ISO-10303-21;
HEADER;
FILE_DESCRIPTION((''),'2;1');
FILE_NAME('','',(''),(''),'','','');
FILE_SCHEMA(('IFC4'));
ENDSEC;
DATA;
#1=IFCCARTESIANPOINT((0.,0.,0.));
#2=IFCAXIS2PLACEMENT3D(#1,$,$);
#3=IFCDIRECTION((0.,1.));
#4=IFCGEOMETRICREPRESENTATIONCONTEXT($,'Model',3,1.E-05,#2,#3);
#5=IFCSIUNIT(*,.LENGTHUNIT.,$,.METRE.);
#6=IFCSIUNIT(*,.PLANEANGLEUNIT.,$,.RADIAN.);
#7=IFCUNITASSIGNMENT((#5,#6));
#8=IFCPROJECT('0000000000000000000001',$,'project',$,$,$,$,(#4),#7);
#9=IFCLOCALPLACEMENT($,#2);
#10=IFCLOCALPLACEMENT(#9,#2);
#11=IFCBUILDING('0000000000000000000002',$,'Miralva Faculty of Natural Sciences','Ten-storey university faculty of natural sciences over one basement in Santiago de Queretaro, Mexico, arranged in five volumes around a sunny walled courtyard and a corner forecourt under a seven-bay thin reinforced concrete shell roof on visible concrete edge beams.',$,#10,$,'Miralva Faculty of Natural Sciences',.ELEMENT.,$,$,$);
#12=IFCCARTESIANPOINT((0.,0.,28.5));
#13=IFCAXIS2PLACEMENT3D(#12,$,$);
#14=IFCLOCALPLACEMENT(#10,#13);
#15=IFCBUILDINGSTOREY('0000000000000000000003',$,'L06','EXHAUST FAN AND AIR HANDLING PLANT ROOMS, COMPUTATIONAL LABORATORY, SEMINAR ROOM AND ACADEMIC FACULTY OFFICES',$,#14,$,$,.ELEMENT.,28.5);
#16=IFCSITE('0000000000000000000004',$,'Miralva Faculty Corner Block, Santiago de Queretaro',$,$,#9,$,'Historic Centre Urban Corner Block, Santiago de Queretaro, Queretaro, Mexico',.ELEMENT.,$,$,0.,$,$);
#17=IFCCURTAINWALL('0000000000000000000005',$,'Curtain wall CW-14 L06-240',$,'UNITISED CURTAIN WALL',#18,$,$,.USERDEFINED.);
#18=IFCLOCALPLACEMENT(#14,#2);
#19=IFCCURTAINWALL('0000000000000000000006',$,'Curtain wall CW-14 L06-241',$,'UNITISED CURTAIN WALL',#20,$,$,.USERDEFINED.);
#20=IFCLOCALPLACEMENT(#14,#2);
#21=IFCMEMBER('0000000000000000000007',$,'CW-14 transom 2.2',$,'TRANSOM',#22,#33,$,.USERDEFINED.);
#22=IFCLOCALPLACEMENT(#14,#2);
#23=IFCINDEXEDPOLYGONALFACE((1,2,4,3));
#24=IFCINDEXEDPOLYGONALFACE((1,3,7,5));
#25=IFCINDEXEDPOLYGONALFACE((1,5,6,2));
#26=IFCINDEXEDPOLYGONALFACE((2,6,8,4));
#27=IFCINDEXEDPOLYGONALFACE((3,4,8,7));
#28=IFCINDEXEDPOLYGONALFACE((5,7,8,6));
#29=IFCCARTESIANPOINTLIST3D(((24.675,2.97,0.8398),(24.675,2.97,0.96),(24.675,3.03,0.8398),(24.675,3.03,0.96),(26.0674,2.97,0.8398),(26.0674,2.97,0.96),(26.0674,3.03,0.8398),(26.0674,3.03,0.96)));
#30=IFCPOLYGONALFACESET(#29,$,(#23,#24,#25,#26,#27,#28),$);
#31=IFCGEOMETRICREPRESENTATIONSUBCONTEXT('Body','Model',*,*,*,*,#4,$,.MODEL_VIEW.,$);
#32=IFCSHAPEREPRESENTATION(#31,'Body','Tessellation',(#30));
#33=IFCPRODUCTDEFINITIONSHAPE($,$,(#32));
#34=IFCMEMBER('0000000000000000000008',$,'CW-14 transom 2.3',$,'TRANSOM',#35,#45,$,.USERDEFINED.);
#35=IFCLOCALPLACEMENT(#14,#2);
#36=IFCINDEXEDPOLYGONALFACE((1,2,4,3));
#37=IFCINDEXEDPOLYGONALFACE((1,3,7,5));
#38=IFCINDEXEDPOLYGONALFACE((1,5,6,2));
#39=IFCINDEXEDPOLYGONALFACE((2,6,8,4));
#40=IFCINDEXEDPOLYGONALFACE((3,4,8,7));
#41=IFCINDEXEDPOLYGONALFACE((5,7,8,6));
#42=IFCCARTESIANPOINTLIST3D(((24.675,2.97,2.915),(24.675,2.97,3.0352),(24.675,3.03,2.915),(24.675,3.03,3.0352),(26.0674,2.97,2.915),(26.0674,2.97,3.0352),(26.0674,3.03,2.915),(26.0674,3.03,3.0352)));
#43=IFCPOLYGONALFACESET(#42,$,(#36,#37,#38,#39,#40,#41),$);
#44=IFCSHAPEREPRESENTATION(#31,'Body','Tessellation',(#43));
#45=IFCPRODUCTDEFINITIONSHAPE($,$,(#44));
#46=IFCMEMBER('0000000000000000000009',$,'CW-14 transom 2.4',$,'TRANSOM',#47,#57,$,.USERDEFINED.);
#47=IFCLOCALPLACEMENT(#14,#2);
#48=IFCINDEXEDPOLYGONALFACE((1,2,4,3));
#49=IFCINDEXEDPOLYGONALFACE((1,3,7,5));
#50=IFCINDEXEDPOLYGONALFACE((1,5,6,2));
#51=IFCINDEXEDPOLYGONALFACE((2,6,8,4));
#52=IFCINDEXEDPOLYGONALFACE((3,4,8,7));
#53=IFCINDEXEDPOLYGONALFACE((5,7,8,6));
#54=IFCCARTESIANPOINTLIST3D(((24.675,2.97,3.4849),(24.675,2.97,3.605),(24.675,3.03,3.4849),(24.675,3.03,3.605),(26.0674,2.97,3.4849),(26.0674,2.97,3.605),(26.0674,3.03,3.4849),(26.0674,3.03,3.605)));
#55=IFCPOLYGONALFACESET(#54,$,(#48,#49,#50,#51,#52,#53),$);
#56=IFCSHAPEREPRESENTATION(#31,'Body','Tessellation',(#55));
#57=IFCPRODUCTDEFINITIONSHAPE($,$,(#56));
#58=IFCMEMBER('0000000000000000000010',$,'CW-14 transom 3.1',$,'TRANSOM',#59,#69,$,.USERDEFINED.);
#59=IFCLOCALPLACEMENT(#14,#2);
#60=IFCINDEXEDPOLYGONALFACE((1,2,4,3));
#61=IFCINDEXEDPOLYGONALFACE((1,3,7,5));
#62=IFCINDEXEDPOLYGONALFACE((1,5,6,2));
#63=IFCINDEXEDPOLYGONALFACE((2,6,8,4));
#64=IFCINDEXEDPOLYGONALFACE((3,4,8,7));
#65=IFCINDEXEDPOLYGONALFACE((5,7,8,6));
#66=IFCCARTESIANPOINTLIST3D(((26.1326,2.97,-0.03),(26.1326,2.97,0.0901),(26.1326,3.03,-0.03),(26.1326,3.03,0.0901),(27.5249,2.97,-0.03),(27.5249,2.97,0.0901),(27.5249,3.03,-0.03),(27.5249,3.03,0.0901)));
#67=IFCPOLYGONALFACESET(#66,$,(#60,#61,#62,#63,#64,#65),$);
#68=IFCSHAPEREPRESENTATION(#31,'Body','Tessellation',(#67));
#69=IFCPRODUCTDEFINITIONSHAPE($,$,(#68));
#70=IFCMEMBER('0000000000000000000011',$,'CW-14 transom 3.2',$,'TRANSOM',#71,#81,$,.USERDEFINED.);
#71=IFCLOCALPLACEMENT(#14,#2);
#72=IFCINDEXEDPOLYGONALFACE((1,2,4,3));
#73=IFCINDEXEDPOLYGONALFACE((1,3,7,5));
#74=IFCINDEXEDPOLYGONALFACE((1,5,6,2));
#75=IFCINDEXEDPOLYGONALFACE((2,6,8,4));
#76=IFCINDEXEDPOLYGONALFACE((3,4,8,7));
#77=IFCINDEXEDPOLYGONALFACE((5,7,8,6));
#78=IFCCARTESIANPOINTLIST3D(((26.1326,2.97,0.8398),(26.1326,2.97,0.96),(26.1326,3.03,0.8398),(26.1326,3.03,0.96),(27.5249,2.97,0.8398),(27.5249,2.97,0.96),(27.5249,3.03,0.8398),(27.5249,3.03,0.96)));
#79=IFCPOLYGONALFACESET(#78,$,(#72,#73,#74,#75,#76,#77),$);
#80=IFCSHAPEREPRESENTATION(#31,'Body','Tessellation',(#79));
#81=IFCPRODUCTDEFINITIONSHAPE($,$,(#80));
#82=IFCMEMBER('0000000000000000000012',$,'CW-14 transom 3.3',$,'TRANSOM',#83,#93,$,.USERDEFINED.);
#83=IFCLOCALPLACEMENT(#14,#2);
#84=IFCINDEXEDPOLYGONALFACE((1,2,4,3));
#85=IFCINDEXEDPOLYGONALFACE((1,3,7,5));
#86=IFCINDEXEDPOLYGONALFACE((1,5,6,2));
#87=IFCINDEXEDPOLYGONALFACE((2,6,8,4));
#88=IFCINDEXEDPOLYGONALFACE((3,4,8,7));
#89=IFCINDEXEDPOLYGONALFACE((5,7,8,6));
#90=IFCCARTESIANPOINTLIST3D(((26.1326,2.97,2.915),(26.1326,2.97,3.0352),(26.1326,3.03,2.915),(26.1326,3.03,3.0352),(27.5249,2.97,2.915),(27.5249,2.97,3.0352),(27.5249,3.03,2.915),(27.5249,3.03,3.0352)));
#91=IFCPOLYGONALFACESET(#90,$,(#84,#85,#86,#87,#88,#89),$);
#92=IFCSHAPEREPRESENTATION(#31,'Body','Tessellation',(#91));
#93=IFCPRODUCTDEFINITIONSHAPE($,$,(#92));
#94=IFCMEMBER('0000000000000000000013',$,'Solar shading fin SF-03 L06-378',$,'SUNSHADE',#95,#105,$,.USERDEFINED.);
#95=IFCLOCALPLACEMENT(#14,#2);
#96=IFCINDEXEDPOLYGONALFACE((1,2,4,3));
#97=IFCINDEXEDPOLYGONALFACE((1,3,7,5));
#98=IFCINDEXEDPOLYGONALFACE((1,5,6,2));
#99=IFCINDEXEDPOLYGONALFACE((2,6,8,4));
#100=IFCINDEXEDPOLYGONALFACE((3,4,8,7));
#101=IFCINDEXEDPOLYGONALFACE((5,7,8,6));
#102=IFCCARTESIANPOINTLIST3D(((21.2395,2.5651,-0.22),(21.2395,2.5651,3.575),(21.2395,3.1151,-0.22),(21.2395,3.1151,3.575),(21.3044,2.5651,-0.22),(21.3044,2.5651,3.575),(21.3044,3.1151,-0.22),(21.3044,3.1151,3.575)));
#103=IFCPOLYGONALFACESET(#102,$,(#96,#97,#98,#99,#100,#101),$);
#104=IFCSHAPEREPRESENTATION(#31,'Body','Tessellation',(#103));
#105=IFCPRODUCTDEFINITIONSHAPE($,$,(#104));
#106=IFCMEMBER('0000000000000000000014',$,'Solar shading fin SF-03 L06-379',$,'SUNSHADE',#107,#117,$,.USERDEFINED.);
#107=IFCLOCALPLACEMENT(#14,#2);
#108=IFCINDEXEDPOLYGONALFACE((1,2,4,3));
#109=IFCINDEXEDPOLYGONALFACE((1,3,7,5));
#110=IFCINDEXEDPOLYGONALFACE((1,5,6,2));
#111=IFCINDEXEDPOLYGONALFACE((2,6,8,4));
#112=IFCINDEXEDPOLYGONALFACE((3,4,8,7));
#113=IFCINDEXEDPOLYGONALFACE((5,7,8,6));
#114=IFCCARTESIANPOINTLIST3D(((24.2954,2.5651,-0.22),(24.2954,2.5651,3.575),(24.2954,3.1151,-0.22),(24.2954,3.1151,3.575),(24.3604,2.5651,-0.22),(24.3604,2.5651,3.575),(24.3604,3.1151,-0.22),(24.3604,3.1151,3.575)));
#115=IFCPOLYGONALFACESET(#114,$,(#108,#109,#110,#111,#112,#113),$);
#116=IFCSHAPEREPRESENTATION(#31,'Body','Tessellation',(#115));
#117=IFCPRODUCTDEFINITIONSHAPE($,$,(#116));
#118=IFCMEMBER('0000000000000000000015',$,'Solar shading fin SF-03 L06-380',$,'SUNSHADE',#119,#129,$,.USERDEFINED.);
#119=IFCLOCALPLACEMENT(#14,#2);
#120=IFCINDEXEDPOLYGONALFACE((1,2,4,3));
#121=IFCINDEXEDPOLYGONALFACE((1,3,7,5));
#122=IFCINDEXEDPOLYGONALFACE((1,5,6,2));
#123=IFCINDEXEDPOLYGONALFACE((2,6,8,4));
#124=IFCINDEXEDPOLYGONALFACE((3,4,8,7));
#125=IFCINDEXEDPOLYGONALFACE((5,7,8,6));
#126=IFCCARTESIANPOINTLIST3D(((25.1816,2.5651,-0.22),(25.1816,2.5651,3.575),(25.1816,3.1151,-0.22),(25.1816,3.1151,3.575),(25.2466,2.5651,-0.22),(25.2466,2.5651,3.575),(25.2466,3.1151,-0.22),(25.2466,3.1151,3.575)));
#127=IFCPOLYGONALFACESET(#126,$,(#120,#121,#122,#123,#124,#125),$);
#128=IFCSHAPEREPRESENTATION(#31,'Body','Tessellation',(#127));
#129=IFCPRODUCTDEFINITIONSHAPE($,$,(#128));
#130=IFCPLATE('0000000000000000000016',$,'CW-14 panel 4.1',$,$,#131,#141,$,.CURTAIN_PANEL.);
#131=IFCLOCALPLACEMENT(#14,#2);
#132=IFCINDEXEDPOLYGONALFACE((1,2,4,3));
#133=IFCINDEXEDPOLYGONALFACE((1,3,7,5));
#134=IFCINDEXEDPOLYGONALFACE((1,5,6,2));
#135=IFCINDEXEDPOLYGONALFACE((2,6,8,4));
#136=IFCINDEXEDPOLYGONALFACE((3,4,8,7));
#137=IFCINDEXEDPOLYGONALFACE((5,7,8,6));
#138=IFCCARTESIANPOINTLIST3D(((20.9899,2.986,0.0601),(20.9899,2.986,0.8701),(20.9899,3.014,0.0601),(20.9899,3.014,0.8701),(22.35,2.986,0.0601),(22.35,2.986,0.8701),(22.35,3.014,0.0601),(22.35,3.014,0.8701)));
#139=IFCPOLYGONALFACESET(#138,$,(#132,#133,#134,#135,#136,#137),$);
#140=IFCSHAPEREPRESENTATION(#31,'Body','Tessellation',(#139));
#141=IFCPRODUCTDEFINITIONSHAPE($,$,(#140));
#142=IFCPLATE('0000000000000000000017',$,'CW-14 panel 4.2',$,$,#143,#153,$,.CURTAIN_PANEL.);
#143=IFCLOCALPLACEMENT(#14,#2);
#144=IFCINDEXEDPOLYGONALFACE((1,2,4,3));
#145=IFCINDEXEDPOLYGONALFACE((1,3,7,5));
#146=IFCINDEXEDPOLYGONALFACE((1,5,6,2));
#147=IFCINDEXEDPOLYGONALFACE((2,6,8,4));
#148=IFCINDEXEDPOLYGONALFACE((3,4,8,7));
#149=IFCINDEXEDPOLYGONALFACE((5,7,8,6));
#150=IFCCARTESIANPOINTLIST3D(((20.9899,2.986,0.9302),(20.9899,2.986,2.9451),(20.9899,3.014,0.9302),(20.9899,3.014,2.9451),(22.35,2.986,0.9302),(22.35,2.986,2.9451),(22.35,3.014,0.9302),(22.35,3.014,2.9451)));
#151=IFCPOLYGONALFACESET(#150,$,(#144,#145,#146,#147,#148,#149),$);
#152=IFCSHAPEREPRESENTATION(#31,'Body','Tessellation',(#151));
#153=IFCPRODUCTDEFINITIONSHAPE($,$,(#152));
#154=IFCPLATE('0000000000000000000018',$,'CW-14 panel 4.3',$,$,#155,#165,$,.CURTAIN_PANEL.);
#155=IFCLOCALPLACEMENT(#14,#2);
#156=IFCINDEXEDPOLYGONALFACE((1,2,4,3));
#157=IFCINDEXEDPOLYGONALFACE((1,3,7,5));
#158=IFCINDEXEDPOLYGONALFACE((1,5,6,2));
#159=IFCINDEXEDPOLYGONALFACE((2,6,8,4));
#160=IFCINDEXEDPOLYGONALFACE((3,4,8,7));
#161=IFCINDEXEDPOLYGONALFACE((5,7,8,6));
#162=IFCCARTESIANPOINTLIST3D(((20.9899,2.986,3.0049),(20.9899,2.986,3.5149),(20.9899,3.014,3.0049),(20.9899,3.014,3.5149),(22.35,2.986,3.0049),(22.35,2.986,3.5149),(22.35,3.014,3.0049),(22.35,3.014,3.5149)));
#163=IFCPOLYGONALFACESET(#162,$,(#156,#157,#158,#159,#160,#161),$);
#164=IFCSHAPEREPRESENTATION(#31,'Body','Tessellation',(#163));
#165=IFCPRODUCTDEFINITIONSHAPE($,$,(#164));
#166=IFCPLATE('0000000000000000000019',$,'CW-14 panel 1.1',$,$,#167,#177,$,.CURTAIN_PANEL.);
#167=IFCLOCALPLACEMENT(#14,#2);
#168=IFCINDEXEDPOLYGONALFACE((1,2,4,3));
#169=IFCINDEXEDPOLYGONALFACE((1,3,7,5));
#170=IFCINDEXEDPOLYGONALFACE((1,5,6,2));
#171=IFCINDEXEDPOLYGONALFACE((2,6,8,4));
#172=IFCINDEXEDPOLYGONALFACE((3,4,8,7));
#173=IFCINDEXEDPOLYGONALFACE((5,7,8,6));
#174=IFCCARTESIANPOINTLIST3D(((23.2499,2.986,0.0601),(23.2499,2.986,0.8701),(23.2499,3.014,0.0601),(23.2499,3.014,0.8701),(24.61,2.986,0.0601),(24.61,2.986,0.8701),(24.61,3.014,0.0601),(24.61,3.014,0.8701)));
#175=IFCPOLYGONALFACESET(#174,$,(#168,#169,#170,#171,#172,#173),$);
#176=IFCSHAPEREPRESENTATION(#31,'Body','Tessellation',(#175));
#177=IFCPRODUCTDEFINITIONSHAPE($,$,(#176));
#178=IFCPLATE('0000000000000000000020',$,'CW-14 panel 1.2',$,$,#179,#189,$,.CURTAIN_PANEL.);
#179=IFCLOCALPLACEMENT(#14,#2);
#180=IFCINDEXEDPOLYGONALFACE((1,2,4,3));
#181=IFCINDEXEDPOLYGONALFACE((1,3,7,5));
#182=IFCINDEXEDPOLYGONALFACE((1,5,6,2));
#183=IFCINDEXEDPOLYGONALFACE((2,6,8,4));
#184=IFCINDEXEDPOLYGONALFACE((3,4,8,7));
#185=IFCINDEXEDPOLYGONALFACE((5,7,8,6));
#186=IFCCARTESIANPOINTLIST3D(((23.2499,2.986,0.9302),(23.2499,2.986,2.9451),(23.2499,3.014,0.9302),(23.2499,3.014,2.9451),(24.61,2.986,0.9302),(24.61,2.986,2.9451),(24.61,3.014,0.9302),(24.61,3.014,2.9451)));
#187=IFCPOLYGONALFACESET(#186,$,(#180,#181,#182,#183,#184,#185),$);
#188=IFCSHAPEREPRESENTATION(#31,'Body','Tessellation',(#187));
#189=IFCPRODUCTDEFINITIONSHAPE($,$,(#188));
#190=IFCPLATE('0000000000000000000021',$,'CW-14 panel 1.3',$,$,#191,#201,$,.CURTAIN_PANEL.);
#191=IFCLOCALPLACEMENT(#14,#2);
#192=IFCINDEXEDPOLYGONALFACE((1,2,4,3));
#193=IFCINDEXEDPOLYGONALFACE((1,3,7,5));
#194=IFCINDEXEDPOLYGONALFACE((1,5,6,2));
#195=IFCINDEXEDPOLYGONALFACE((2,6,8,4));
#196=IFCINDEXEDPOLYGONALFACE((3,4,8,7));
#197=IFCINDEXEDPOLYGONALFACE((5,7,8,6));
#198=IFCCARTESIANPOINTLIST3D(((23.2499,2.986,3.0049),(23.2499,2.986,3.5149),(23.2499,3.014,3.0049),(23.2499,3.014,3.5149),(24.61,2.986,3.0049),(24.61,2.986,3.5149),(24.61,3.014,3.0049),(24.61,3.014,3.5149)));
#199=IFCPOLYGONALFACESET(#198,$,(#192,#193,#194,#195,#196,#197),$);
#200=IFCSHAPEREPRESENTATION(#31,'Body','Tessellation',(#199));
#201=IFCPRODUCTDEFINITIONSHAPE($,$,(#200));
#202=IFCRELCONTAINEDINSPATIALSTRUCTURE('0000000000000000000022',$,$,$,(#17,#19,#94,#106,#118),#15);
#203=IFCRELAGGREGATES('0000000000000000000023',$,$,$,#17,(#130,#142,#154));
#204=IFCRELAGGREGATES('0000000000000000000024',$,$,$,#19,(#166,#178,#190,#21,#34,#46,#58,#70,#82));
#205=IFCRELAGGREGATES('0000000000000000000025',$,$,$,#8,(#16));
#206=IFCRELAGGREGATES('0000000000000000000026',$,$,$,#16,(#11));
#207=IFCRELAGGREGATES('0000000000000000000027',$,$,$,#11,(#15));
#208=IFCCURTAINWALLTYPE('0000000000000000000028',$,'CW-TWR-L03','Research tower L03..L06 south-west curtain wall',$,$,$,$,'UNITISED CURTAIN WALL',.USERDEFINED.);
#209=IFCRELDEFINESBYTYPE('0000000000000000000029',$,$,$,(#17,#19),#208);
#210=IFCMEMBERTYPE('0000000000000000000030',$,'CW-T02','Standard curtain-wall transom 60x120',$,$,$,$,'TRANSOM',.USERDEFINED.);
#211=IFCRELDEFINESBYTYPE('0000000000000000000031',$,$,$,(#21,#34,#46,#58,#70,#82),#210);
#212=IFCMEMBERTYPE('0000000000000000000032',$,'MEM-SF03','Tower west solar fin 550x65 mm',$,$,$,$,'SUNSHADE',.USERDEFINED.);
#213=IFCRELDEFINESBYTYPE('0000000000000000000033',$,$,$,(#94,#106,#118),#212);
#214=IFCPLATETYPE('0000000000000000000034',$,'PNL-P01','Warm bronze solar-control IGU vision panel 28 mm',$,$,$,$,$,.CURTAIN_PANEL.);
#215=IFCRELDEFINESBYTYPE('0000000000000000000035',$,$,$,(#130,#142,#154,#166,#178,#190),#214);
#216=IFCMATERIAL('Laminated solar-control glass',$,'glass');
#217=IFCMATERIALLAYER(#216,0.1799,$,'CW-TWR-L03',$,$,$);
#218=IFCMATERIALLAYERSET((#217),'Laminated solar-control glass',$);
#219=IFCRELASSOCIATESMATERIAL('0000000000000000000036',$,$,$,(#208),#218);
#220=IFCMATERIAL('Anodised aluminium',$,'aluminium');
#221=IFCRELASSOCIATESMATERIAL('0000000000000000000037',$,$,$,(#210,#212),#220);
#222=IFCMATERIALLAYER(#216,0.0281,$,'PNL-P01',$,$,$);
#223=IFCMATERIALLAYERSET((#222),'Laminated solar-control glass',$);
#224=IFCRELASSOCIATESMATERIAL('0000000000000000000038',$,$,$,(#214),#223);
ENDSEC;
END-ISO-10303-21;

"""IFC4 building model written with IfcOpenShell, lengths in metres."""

from ifc_helpers import new_model, si_unit, direction, frame, origin, origin_2d, place, context, subcontext, project, spatial, rectangle, extrude, material, layer, layer_set, material_profile, profile_set, type_object, element, aggregate, save


model = new_model("IFC4")

# Units and contexts
model_context = context("Model", 3, precision=1e-05, world=origin(), true_north=direction((0.0, 1.0)))
body_context = subcontext(model_context, "Body", "Model", "MODEL_VIEW")
ifc_project = project(units=[si_unit("LENGTHUNIT", "METRE"), si_unit("PLANEANGLEUNIT", "RADIAN")], contexts=[model_context])

# Site, building, storey
site_placement = place(None, origin())
site = spatial("IfcSite", under=ifc_project, at=site_placement, Name="Miralva Faculty Corner Block, Santiago de Queretaro", LongName="Historic Centre Urban Corner Block, Santiago de Queretaro, Queretaro, Mexico", CompositionType="ELEMENT", RefElevation=0.0)
building_placement = place(site_placement, origin())
building = spatial("IfcBuilding", under=site, at=building_placement, Name="Miralva Faculty of Natural Sciences", Description="Ten-storey university faculty of natural sciences over one basement in Santiago de Queretaro, Mexico, arranged in five volumes around a sunny walled courtyard and a corner forecourt under a seven-bay thin reinforced concrete shell roof on visible concrete edge beams.", LongName="Miralva Faculty of Natural Sciences", CompositionType="ELEMENT")
storey_placement = place(building_placement, frame((0.0, 0.0, 28.5)))
storey = spatial("IfcBuildingStorey", under=building, at=storey_placement, Name="L06", Description="EXHAUST FAN AND AIR HANDLING PLANT ROOMS, COMPUTATIONAL LABORATORY, SEMINAR ROOM AND ACADEMIC FACULTY OFFICES", CompositionType="ELEMENT", Elevation=28.5)

# Curtain wall
ifc_material_1 = material(Name="Laminated solar-control glass", Category="glass")
ifc_layer_1 = layer(ifc_material_1, 0.1799, Name="CW-TWR-L03")
ifc_layer_set_1 = layer_set([ifc_layer_1], Name="Laminated solar-control glass")
curtain_wall_type = type_object("IfcCurtainWallType", Name="CW-TWR-L03", Description="Research tower L03..L06 south-west curtain wall", ElementType="UNITISED CURTAIN WALL", PredefinedType="USERDEFINED", material=ifc_layer_set_1)
curtain_wall_1_placement = place(storey_placement, origin())
curtain_wall_1 = element("IfcCurtainWall", 1, at=curtain_wall_1_placement, inside=storey, type_object=curtain_wall_type, Name="Curtain wall CW-14 L06-240", ObjectType="UNITISED CURTAIN WALL", PredefinedType="USERDEFINED")
ifc_material_2 = material(Name="Anodised aluminium", Category="aluminium")

# Curtain wall
curtain_wall_2_placement = place(storey_placement, origin())
curtain_wall_2 = element("IfcCurtainWall", 2, at=curtain_wall_2_placement, inside=storey, type_object=curtain_wall_type, Name="Curtain wall CW-14 L06-241", ObjectType="UNITISED CURTAIN WALL", PredefinedType="USERDEFINED")

# Members
ifc_material_profile_1 = material_profile(ifc_material_2, rectangle(XDim=0.0601, YDim=0.1201, at=origin_2d()), Name="TRANSOM 60x120")
ifc_profile_set_1 = profile_set([ifc_material_profile_1], Name="Anodised aluminium")
member_type_1 = type_object("IfcMemberType", Name="CW-T02", Description="Standard curtain-wall transom 60x120", ElementType="TRANSOM", PredefinedType="USERDEFINED", material=ifc_profile_set_1)
member_1_placement = place(storey_placement, frame((24.675, 3.0, 0.8999), z_axis=(1.0, 0.0, 0.0), x_axis=(0.0, 1.0, 0.0)))
member_1 = element("IfcMember", 3, at=member_1_placement, type_object=member_type_1, Name="CW-14 transom 2.2", ObjectType="TRANSOM", PredefinedType="USERDEFINED", context=body_context, shape_type="SweptSolid", body=[
    extrude(rectangle(XDim=0.0601, YDim=0.1201, at=origin_2d()), origin(), (0.0, 0.0, 1.0), 1.3923),
])
member_2_placement = place(storey_placement, frame((24.675, 3.0, 2.9751), z_axis=(1.0, 0.0, 0.0), x_axis=(0.0, 1.0, 0.0)))
member_2 = element("IfcMember", 4, at=member_2_placement, type_object=member_type_1, Name="CW-14 transom 2.3", ObjectType="TRANSOM", PredefinedType="USERDEFINED", context=body_context, shape_type="SweptSolid", body=[
    extrude(rectangle(XDim=0.0601, YDim=0.1201, at=origin_2d()), origin(), (0.0, 0.0, 1.0), 1.3923),
])
member_3_placement = place(storey_placement, frame((24.675, 3.0, 3.5449), z_axis=(1.0, 0.0, 0.0), x_axis=(0.0, 1.0, 0.0)))
member_3 = element("IfcMember", 5, at=member_3_placement, type_object=member_type_1, Name="CW-14 transom 2.4", ObjectType="TRANSOM", PredefinedType="USERDEFINED", context=body_context, shape_type="SweptSolid", body=[
    extrude(rectangle(XDim=0.0601, YDim=0.1201, at=origin_2d()), origin(), (0.0, 0.0, 1.0), 1.3923),
])
member_4_placement = place(storey_placement, frame((26.1326, 3.0, 0.03), z_axis=(1.0, 0.0, 0.0), x_axis=(0.0, 1.0, 0.0)))
member_4 = element("IfcMember", 6, at=member_4_placement, type_object=member_type_1, Name="CW-14 transom 3.1", ObjectType="TRANSOM", PredefinedType="USERDEFINED", context=body_context, shape_type="SweptSolid", body=[
    extrude(rectangle(XDim=0.0601, YDim=0.1201, at=origin_2d()), origin(), (0.0, 0.0, 1.0), 1.3923),
])
member_5_placement = place(storey_placement, frame((26.1326, 3.0, 0.8999), z_axis=(1.0, 0.0, 0.0), x_axis=(0.0, 1.0, 0.0)))
member_5 = element("IfcMember", 7, at=member_5_placement, type_object=member_type_1, Name="CW-14 transom 3.2", ObjectType="TRANSOM", PredefinedType="USERDEFINED", context=body_context, shape_type="SweptSolid", body=[
    extrude(rectangle(XDim=0.0601, YDim=0.1201, at=origin_2d()), origin(), (0.0, 0.0, 1.0), 1.3923),
])
member_6_placement = place(storey_placement, frame((26.1326, 3.0, 2.9751), z_axis=(1.0, 0.0, 0.0), x_axis=(0.0, 1.0, 0.0)))
member_6 = element("IfcMember", 8, at=member_6_placement, type_object=member_type_1, Name="CW-14 transom 3.3", ObjectType="TRANSOM", PredefinedType="USERDEFINED", context=body_context, shape_type="SweptSolid", body=[
    extrude(rectangle(XDim=0.0601, YDim=0.1201, at=origin_2d()), origin(), (0.0, 0.0, 1.0), 1.3923),
])

# Members
ifc_material_profile_2 = material_profile(ifc_material_2, rectangle(XDim=0.0649, YDim=0.55, at=origin_2d()), Name="FIN 550x65")
ifc_profile_set_2 = profile_set([ifc_material_profile_2], Name="Anodised aluminium")
member_type_2 = type_object("IfcMemberType", Name="MEM-SF03", Description="Tower west solar fin 550x65 mm", ElementType="SUNSHADE", PredefinedType="USERDEFINED", material=ifc_profile_set_2)
for number, where, z_axis, x_axis, name in (
    (9, (21.272, 2.8401, -0.22), (0.0, 0.0, 1.0), (1.0, 0.0, 0.0), "Solar shading fin SF-03 L06-378"),
    (10, (24.3279, 2.8401, -0.22), (0.0, 0.0, 1.0), (1.0, 0.0, 0.0), "Solar shading fin SF-03 L06-379"),
    (11, (25.2141, 2.8401, -0.22), (0.0, 0.0, 1.0), (1.0, 0.0, 0.0), "Solar shading fin SF-03 L06-380"),
):
    element("IfcMember", number, at=place(storey_placement, frame(where, z_axis=z_axis, x_axis=x_axis)), inside=storey, type_object=member_type_2, Name=name, ObjectType="SUNSHADE", PredefinedType="USERDEFINED", context=body_context, shape_type="SweptSolid", body=[
        extrude(rectangle(XDim=0.0649, YDim=0.55, at=origin_2d()), origin(), (0.0, 0.0, 1.0), 3.7949),
    ])

# Plates
ifc_layer_2 = layer(ifc_material_1, 0.0281, Name="PNL-P01")
ifc_layer_set_2 = layer_set([ifc_layer_2], Name="Laminated solar-control glass")
plate_type = type_object("IfcPlateType", Name="PNL-P01", Description="Warm bronze solar-control IGU vision panel 28 mm", PredefinedType="CURTAIN_PANEL", material=ifc_layer_set_2)
plate_1_placement = place(storey_placement, frame((21.6699, 3.0, 0.0601), z_axis=(0.0, 0.0, 1.0), x_axis=(1.0, 0.0, 0.0)))
plate_1 = element("IfcPlate", 12, at=plate_1_placement, type_object=plate_type, Name="CW-14 panel 4.1", PredefinedType="CURTAIN_PANEL", context=body_context, shape_type="SweptSolid", body=[
    extrude(rectangle(XDim=1.3601, YDim=0.0281, at=origin_2d()), origin(), (0.0, 0.0, 1.0), 0.8101),
])
plate_2_placement = place(storey_placement, frame((21.6699, 3.0, 0.9302), z_axis=(0.0, 0.0, 1.0), x_axis=(1.0, 0.0, 0.0)))
plate_2 = element("IfcPlate", 13, at=plate_2_placement, type_object=plate_type, Name="CW-14 panel 4.2", PredefinedType="CURTAIN_PANEL", context=body_context, shape_type="SweptSolid", body=[
    extrude(rectangle(XDim=1.3601, YDim=0.0281, at=origin_2d()), origin(), (0.0, 0.0, 1.0), 2.0149),
])
plate_3_placement = place(storey_placement, frame((21.6699, 3.0, 3.0049), z_axis=(0.0, 0.0, 1.0), x_axis=(1.0, 0.0, 0.0)))
plate_3 = element("IfcPlate", 14, at=plate_3_placement, type_object=plate_type, Name="CW-14 panel 4.3", PredefinedType="CURTAIN_PANEL", context=body_context, shape_type="SweptSolid", body=[
    extrude(rectangle(XDim=1.3601, YDim=0.0281, at=origin_2d()), origin(), (0.0, 0.0, 1.0), 0.51),
])
aggregate(curtain_wall_1, [plate_1, plate_2, plate_3])
plate_4_placement = place(storey_placement, frame((23.9299, 3.0, 0.0601), z_axis=(0.0, 0.0, 1.0), x_axis=(1.0, 0.0, 0.0)))
plate_4 = element("IfcPlate", 15, at=plate_4_placement, type_object=plate_type, Name="CW-14 panel 1.1", PredefinedType="CURTAIN_PANEL", context=body_context, shape_type="SweptSolid", body=[
    extrude(rectangle(XDim=1.3601, YDim=0.0281, at=origin_2d()), origin(), (0.0, 0.0, 1.0), 0.8101),
])
plate_5_placement = place(storey_placement, frame((23.9299, 3.0, 0.9302), z_axis=(0.0, 0.0, 1.0), x_axis=(1.0, 0.0, 0.0)))
plate_5 = element("IfcPlate", 16, at=plate_5_placement, type_object=plate_type, Name="CW-14 panel 1.2", PredefinedType="CURTAIN_PANEL", context=body_context, shape_type="SweptSolid", body=[
    extrude(rectangle(XDim=1.3601, YDim=0.0281, at=origin_2d()), origin(), (0.0, 0.0, 1.0), 2.0149),
])
plate_6_placement = place(storey_placement, frame((23.9299, 3.0, 3.0049), z_axis=(0.0, 0.0, 1.0), x_axis=(1.0, 0.0, 0.0)))
plate_6 = element("IfcPlate", 17, at=plate_6_placement, type_object=plate_type, Name="CW-14 panel 1.3", PredefinedType="CURTAIN_PANEL", context=body_context, shape_type="SweptSolid", body=[
    extrude(rectangle(XDim=1.3601, YDim=0.0281, at=origin_2d()), origin(), (0.0, 0.0, 1.0), 0.51),
])
aggregate(curtain_wall_2, [plate_4, plate_5, plate_6, member_1, member_2, member_3, member_4, member_5, member_6])

save(model, "model.ifc")
